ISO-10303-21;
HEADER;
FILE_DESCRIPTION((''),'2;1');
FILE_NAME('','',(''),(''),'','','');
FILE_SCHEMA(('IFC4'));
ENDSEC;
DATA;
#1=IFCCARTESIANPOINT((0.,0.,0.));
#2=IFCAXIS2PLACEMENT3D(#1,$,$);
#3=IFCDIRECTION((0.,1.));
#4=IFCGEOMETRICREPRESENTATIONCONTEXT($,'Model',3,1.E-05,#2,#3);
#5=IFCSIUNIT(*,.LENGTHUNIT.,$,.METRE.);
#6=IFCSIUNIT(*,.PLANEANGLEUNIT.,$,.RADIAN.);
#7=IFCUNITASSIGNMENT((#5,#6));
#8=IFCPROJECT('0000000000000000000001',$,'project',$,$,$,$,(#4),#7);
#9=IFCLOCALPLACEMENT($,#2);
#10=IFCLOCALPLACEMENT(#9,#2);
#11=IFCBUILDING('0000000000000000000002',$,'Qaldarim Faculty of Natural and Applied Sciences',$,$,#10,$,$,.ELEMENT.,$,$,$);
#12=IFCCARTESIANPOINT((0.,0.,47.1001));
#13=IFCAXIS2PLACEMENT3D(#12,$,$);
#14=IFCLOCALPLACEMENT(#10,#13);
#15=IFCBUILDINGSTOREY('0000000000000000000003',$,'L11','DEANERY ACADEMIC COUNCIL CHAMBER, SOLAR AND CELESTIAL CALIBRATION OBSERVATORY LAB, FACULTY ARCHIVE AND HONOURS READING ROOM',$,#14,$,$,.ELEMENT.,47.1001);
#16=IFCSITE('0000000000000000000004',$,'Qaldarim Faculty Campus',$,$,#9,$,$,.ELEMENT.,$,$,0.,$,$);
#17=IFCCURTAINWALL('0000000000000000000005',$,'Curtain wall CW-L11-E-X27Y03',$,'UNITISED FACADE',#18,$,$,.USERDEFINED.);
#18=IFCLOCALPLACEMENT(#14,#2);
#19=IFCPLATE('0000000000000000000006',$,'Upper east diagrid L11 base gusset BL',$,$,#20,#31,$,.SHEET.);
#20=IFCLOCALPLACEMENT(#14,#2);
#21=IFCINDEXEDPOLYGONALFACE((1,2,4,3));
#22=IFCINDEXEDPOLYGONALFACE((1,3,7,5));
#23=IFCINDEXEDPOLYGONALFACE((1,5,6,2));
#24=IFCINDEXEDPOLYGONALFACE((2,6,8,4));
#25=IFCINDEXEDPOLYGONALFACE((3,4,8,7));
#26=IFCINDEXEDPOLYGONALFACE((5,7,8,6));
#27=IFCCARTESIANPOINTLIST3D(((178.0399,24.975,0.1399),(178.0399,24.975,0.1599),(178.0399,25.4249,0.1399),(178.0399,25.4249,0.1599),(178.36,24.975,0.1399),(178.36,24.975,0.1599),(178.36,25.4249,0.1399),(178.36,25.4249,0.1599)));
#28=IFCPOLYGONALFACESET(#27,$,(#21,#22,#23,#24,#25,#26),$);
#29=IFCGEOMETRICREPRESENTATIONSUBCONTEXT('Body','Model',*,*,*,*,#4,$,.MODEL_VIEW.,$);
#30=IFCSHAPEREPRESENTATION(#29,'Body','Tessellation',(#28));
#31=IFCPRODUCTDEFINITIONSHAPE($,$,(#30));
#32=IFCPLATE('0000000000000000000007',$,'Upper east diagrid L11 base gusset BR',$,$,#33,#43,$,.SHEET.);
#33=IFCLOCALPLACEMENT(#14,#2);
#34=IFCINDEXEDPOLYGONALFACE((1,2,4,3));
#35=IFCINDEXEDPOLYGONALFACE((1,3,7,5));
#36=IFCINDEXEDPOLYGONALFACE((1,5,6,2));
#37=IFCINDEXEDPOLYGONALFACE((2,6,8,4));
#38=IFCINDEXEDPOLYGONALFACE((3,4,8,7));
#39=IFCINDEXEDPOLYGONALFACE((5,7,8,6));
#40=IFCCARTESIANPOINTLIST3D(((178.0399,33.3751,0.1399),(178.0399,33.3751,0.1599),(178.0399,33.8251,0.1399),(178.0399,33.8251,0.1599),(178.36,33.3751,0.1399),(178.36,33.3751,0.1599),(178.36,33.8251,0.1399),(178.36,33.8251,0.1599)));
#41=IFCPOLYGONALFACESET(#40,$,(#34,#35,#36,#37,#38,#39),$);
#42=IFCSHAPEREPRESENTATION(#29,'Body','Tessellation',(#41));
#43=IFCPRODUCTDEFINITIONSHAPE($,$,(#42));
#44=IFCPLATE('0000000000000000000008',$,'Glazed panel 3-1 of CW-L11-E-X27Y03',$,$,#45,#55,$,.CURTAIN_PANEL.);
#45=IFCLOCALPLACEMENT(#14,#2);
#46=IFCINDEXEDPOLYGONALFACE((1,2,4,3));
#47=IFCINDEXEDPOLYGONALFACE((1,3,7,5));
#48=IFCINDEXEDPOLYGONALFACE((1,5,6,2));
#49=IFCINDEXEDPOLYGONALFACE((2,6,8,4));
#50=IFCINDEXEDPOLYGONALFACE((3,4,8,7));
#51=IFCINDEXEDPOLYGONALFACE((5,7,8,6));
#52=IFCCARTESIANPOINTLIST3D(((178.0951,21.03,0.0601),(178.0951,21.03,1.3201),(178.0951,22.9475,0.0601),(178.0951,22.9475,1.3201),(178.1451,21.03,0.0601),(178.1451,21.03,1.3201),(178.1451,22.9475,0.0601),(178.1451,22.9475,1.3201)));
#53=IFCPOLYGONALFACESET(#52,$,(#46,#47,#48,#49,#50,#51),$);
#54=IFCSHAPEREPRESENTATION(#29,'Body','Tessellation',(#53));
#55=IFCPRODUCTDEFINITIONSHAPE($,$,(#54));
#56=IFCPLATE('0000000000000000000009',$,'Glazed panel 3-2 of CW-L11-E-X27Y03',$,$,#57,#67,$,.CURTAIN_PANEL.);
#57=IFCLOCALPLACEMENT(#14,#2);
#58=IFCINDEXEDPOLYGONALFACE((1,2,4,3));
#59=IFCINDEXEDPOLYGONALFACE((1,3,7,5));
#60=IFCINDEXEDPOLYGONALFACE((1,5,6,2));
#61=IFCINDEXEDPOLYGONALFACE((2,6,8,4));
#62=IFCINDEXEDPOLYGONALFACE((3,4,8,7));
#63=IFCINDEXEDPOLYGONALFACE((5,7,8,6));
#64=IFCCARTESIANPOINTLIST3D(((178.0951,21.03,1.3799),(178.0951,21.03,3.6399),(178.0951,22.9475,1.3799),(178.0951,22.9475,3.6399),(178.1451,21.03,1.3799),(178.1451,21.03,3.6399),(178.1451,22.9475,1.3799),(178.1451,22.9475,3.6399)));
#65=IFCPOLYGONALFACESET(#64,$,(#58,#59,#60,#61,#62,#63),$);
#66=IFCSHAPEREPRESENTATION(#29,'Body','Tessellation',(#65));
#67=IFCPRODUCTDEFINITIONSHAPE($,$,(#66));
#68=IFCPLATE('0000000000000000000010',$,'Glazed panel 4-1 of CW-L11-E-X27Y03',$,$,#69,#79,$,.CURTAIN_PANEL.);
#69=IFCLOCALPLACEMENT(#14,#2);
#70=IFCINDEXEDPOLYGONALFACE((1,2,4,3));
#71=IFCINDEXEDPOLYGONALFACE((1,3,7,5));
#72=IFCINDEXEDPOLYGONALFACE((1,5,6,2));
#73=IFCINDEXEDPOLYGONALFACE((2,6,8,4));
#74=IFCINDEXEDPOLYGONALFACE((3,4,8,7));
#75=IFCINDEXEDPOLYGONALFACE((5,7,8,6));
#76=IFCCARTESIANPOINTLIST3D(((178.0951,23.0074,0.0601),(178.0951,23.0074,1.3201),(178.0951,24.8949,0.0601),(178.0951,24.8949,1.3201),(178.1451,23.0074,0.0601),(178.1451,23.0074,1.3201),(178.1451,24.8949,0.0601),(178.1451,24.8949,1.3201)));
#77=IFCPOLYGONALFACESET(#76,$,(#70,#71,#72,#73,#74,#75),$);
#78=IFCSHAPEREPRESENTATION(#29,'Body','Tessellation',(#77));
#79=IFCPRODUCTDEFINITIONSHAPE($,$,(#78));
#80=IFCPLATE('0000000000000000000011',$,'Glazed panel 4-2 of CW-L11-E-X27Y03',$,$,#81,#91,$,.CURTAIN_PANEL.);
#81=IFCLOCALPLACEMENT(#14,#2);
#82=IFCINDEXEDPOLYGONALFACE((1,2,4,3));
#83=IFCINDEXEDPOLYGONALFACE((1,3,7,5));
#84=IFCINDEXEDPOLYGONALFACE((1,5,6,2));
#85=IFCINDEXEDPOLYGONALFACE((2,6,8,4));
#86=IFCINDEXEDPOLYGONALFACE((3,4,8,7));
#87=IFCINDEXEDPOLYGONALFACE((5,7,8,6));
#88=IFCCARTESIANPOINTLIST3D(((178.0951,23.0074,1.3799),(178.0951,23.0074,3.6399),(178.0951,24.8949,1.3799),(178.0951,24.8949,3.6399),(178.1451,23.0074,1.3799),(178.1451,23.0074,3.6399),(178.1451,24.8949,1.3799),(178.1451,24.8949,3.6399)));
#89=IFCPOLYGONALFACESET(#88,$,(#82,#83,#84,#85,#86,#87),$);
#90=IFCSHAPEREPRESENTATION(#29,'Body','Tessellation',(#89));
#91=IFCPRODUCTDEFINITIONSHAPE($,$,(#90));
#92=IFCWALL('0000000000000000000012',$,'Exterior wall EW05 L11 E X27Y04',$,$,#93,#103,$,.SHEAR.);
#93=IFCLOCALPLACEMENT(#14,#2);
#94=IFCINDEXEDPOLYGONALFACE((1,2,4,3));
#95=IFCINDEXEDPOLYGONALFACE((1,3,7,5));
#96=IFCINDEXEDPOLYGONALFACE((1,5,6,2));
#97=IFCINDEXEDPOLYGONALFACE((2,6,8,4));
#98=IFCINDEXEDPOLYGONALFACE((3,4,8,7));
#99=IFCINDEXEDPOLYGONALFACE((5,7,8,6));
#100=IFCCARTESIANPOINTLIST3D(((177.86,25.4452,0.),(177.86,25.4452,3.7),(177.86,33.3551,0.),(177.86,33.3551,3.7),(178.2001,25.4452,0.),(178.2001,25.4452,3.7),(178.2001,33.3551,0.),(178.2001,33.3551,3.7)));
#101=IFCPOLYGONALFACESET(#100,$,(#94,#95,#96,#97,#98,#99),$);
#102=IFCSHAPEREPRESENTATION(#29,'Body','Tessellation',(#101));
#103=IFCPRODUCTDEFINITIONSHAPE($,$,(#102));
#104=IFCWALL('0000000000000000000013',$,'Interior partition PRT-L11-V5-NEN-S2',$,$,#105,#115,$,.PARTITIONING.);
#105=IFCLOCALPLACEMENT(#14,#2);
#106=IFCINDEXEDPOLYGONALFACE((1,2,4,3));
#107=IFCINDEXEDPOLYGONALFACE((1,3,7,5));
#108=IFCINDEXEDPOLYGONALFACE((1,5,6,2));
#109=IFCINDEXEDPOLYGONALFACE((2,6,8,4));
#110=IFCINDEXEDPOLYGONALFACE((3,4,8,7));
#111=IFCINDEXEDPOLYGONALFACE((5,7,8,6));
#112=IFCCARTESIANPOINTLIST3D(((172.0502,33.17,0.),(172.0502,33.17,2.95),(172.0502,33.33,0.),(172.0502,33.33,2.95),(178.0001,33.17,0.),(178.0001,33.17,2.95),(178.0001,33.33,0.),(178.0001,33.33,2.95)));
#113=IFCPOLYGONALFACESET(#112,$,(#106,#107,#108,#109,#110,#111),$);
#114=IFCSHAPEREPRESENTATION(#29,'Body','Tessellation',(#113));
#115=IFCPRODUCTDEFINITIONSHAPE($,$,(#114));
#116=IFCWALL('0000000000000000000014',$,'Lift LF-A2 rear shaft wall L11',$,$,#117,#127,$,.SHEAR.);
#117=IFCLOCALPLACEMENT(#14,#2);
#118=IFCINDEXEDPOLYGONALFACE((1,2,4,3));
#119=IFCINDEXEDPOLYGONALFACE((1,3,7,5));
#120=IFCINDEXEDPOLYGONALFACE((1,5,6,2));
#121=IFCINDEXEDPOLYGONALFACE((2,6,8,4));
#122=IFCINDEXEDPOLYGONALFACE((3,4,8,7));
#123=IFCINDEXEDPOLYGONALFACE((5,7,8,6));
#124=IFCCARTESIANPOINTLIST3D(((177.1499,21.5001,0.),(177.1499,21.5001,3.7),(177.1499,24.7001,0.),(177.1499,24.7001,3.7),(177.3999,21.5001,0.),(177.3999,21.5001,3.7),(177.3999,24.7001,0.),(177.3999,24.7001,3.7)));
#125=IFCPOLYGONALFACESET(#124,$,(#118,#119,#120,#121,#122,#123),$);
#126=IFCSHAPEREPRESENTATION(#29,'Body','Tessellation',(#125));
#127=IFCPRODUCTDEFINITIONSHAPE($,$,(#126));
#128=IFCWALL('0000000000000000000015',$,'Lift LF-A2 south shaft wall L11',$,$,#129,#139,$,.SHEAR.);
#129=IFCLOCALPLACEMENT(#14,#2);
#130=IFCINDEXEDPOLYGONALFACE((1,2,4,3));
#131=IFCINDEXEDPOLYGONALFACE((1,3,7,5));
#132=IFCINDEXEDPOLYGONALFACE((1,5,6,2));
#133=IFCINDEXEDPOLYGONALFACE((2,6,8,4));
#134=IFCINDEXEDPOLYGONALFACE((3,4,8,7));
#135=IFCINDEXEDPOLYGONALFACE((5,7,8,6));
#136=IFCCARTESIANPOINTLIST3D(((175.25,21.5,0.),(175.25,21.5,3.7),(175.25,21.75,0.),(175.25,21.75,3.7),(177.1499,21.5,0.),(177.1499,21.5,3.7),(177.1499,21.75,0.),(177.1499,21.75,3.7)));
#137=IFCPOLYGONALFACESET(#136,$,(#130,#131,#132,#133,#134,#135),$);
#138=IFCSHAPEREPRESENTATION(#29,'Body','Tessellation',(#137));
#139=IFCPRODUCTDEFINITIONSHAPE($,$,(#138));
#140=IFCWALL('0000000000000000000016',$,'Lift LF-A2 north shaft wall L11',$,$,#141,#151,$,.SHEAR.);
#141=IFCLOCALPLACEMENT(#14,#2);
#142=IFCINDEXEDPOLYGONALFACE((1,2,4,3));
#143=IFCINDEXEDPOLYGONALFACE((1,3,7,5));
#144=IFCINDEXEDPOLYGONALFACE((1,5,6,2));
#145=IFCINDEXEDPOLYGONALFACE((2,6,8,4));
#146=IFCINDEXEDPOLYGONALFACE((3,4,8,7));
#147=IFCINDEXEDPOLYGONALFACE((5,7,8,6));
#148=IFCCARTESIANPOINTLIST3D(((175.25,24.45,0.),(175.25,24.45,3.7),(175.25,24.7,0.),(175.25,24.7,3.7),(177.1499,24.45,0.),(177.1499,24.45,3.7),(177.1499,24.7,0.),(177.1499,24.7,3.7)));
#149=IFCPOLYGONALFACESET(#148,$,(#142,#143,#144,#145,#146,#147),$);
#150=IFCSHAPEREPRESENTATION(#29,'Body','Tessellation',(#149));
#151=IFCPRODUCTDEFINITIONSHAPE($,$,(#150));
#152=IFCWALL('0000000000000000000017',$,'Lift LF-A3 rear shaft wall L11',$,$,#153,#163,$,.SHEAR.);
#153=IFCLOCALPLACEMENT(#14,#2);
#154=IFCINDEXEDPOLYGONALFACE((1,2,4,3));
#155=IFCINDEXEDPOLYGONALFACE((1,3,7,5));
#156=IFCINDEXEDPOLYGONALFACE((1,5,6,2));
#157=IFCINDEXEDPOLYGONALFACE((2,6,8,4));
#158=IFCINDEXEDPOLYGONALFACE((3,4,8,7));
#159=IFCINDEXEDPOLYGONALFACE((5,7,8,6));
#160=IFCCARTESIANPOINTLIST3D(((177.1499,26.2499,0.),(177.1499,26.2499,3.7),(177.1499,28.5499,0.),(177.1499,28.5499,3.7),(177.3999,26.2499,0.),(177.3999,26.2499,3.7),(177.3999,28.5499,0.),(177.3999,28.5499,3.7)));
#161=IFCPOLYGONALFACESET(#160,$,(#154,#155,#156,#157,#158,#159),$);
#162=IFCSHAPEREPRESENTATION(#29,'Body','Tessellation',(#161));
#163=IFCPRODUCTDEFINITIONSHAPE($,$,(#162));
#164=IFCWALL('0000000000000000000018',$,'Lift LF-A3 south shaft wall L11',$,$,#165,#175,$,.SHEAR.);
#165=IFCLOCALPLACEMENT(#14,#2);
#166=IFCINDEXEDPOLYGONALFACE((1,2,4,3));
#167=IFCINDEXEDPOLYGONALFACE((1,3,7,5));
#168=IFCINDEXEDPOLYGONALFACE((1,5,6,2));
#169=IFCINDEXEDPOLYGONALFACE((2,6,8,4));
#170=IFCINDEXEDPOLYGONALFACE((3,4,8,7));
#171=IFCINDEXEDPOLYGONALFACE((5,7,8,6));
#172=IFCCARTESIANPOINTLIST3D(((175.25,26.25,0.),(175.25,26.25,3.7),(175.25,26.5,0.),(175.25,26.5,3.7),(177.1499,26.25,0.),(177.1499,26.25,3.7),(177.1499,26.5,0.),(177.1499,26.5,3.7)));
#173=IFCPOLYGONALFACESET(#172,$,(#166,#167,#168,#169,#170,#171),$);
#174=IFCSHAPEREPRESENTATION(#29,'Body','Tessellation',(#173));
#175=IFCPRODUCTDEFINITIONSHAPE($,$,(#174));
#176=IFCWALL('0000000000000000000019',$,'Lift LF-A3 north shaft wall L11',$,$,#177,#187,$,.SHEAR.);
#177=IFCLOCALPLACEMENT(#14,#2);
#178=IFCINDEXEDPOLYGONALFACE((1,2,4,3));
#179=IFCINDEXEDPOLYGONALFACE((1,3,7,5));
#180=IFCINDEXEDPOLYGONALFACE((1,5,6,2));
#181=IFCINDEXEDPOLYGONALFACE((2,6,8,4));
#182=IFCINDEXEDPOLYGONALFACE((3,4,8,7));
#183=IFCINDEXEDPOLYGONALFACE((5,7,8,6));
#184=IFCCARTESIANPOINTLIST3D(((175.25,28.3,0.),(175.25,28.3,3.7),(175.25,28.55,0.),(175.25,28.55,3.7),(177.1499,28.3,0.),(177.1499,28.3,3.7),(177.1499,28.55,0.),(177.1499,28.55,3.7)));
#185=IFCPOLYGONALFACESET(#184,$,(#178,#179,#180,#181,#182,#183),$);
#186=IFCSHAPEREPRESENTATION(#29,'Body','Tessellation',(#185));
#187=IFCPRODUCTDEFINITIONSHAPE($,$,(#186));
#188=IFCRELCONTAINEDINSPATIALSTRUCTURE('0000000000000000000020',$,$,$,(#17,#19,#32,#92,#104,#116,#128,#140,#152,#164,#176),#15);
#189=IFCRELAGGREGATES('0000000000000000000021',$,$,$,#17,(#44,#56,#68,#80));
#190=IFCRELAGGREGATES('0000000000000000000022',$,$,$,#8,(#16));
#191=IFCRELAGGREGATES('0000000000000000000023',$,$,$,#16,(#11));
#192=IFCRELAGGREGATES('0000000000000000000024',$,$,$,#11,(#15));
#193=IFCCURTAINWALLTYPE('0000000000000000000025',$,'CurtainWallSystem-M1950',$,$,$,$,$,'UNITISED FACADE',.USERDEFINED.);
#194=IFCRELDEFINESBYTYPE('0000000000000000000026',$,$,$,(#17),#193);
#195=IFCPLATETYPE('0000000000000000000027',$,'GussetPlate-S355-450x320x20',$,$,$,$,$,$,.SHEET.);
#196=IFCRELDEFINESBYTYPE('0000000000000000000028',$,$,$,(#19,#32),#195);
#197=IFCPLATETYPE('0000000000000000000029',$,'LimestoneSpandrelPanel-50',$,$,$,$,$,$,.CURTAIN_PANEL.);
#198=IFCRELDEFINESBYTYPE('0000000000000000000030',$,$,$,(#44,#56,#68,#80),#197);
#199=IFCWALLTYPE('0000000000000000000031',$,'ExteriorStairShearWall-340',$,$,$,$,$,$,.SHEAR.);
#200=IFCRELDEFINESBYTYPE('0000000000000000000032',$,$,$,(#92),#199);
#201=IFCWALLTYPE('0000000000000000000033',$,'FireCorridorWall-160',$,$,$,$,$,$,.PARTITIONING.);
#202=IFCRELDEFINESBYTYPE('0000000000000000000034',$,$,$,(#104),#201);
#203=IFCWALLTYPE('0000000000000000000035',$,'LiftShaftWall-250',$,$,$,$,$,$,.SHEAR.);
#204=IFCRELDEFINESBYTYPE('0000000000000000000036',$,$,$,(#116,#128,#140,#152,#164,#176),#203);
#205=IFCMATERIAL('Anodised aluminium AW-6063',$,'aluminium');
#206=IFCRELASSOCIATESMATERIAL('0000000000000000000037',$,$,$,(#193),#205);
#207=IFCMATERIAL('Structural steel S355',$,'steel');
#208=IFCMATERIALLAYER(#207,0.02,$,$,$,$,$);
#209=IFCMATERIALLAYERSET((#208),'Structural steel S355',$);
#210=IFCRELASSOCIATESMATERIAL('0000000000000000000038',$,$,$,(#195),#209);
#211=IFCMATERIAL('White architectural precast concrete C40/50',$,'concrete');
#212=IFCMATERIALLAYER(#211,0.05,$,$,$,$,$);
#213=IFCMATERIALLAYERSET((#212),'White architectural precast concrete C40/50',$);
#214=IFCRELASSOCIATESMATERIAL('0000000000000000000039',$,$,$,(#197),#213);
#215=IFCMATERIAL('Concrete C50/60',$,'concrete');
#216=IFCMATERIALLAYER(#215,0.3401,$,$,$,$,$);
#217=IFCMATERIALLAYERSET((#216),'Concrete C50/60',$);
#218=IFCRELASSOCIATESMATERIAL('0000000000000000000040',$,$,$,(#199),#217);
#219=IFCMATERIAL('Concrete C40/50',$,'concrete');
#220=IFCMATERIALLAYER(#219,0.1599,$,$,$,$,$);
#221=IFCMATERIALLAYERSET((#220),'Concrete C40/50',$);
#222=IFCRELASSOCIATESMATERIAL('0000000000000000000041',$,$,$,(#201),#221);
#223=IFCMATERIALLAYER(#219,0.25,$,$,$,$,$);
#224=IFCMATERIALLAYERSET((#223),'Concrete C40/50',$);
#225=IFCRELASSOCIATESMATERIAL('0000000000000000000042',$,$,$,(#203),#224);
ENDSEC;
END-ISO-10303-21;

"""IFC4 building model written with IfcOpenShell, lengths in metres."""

from ifc_helpers import new_model, si_unit, direction, frame, frame_2d, origin, origin_2d, place, context, subcontext, project, spatial, rectangle, extrude, material, layer, layer_set, type_object, element, aggregate, save


model = new_model("IFC4")

# Units and contexts
model_context = context("Model", 3, precision=1e-05, world=origin(), true_north=direction((0.0, 1.0)))
body_context = subcontext(model_context, "Body", "Model", "MODEL_VIEW")
ifc_project = project(units=[si_unit("LENGTHUNIT", "METRE"), si_unit("PLANEANGLEUNIT", "RADIAN")], contexts=[model_context])

# Site, building, storey
site_placement = place(None, origin())
site = spatial("IfcSite", under=ifc_project, at=site_placement, Name="Qaldarim Faculty Campus", CompositionType="ELEMENT", RefElevation=0.0)
building_placement = place(site_placement, origin())
building = spatial("IfcBuilding", under=site, at=building_placement, Name="Qaldarim Faculty of Natural and Applied Sciences", CompositionType="ELEMENT")
storey_placement = place(building_placement, frame((0.0, 0.0, 47.1001)))
storey = spatial("IfcBuildingStorey", under=building, at=storey_placement, Name="L11", Description="DEANERY ACADEMIC COUNCIL CHAMBER, SOLAR AND CELESTIAL CALIBRATION OBSERVATORY LAB, FACULTY ARCHIVE AND HONOURS READING ROOM", CompositionType="ELEMENT", Elevation=47.1001)

# Shared definitions
ifc_material_1 = material(Name="Concrete C50/60", Category="concrete")

# Shared definitions
ifc_material_2 = material(Name="Concrete C40/50", Category="concrete")

# Curtain wall
ifc_material_3 = material(Name="Anodised aluminium AW-6063", Category="aluminium")
curtain_wall_type = type_object("IfcCurtainWallType", Name="CurtainWallSystem-M1950", ElementType="UNITISED FACADE", PredefinedType="USERDEFINED", material=ifc_material_3)
curtain_wall_placement = place(storey_placement, origin())
curtain_wall = element("IfcCurtainWall", 1, at=curtain_wall_placement, inside=storey, type_object=curtain_wall_type, Name="Curtain wall CW-L11-E-X27Y03", ObjectType="UNITISED FACADE", PredefinedType="USERDEFINED")

# Shared definitions
ifc_material_4 = material(Name="Structural steel S355", Category="steel")

# Plates
ifc_layer_1 = layer(ifc_material_4, 0.02)
ifc_layer_set_1 = layer_set([ifc_layer_1], Name="Structural steel S355")
plate_type_1 = type_object("IfcPlateType", Name="GussetPlate-S355-450x320x20", PredefinedType="SHEET", material=ifc_layer_set_1)
for number, where, z_axis, x_axis, name in (
    (2, (178.2, 25.2, 0.1399), (0.0, 0.0, 1.0), (0.0, 1.0, 0.0), "Upper east diagrid L11 base gusset BL"),
    (3, (178.2, 33.6001, 0.1399), (0.0, 0.0, 1.0), (0.0, 1.0, 0.0), "Upper east diagrid L11 base gusset BR"),
):
    element("IfcPlate", number, at=place(storey_placement, frame(where, z_axis=z_axis, x_axis=x_axis)), inside=storey, type_object=plate_type_1, Name=name, PredefinedType="SHEET", context=body_context, shape_type="SweptSolid", body=[
        extrude(rectangle(XDim=0.45, YDim=0.3201, at=origin_2d()), origin(), (0.0, 0.0, 1.0), 0.02),
    ])

# Plates
ifc_material_5 = material(Name="White architectural precast concrete C40/50", Category="concrete")
ifc_layer_2 = layer(ifc_material_5, 0.05)
ifc_layer_set_2 = layer_set([ifc_layer_2], Name="White architectural precast concrete C40/50")
plate_type_2 = type_object("IfcPlateType", Name="LimestoneSpandrelPanel-50", PredefinedType="CURTAIN_PANEL", material=ifc_layer_set_2)
plate_1_placement = place(storey_placement, frame((178.1201, 21.9888, 0.0601), z_axis=(0.0, 0.0, 1.0), x_axis=(0.0, 1.0, 0.0)))
plate_1 = element("IfcPlate", 4, at=plate_1_placement, type_object=plate_type_2, Name="Glazed panel 3-1 of CW-L11-E-X27Y03", PredefinedType="CURTAIN_PANEL", context=body_context, shape_type="SweptSolid", body=[
    extrude(rectangle(XDim=1.9175, YDim=0.05, at=origin_2d()), origin(), (0.0, 0.0, 1.0), 1.26),
])
plate_2_placement = place(storey_placement, frame((178.1201, 21.9888, 1.3799), z_axis=(0.0, 0.0, 1.0), x_axis=(0.0, 1.0, 0.0)))
plate_2 = element("IfcPlate", 5, at=plate_2_placement, type_object=plate_type_2, Name="Glazed panel 3-2 of CW-L11-E-X27Y03", PredefinedType="CURTAIN_PANEL", context=body_context, shape_type="SweptSolid", body=[
    extrude(rectangle(XDim=1.9175, YDim=0.05, at=origin_2d()), origin(), (0.0, 0.0, 1.0), 2.26),
])
plate_3_placement = place(storey_placement, frame((178.1201, 23.9512, 0.0601), z_axis=(0.0, 0.0, 1.0), x_axis=(0.0, 1.0, 0.0)))
plate_3 = element("IfcPlate", 6, at=plate_3_placement, type_object=plate_type_2, Name="Glazed panel 4-1 of CW-L11-E-X27Y03", PredefinedType="CURTAIN_PANEL", context=body_context, shape_type="SweptSolid", body=[
    extrude(rectangle(XDim=1.8875, YDim=0.05, at=origin_2d()), origin(), (0.0, 0.0, 1.0), 1.26),
])
plate_4_placement = place(storey_placement, frame((178.1201, 23.9512, 1.3799), z_axis=(0.0, 0.0, 1.0), x_axis=(0.0, 1.0, 0.0)))
plate_4 = element("IfcPlate", 7, at=plate_4_placement, type_object=plate_type_2, Name="Glazed panel 4-2 of CW-L11-E-X27Y03", PredefinedType="CURTAIN_PANEL", context=body_context, shape_type="SweptSolid", body=[
    extrude(rectangle(XDim=1.8875, YDim=0.05, at=origin_2d()), origin(), (0.0, 0.0, 1.0), 2.26),
])
aggregate(curtain_wall, [plate_1, plate_2, plate_3, plate_4])

# Walls
ifc_layer_3 = layer(ifc_material_1, 0.3401)
ifc_layer_set_3 = layer_set([ifc_layer_3], Name="Concrete C50/60")
wall_type_1 = type_object("IfcWallType", Name="ExteriorStairShearWall-340", PredefinedType="SHEAR", material=ifc_layer_set_3)
wall_1_placement = place(storey_placement, frame((178.03, 25.4451, 0.0), z_axis=(0.0, 0.0, 1.0), x_axis=(0.0, 1.0, 0.0)))
element("IfcWall", 8, at=wall_1_placement, inside=storey, type_object=wall_type_1, Name="Exterior wall EW05 L11 E X27Y04", PredefinedType="SHEAR", context=body_context, shape_type="SweptSolid", body=[
    extrude(rectangle(XDim=7.9099, YDim=0.3401, at=frame_2d((3.9551, 0.0))), origin(), (0.0, 0.0, 1.0), 3.7),
])
ifc_layer_4 = layer(ifc_material_2, 0.1599)
ifc_layer_set_4 = layer_set([ifc_layer_4], Name="Concrete C40/50")
wall_type_2 = type_object("IfcWallType", Name="FireCorridorWall-160", PredefinedType="PARTITIONING", material=ifc_layer_set_4)
wall_2_placement = place(storey_placement, frame((172.05, 33.25, 0.0), z_axis=(0.0, 0.0, 1.0), x_axis=(1.0, 0.0, 0.0)))
element("IfcWall", 9, at=wall_2_placement, inside=storey, type_object=wall_type_2, Name="Interior partition PRT-L11-V5-NEN-S2", PredefinedType="PARTITIONING", context=body_context, shape_type="SweptSolid", body=[
    extrude(rectangle(XDim=5.95, YDim=0.1599, at=frame_2d((2.9751, 0.0))), origin(), (0.0, 0.0, 1.0), 2.95),
])

# Shared definitions
ifc_layer_5 = layer(ifc_material_2, 0.25)
ifc_layer_set_5 = layer_set([ifc_layer_5], Name="Concrete C40/50")
wall_type_3 = type_object("IfcWallType", Name="LiftShaftWall-250", PredefinedType="SHEAR", material=ifc_layer_set_5)

# Walls
wall_3_placement = place(storey_placement, frame((177.2749, 21.5, 0.0), z_axis=(0.0, 0.0, 1.0), x_axis=(0.0, 1.0, 0.0)))
element("IfcWall", 10, at=wall_3_placement, inside=storey, type_object=wall_type_3, Name="Lift LF-A2 rear shaft wall L11", PredefinedType="SHEAR", context=body_context, shape_type="SweptSolid", body=[
    extrude(rectangle(XDim=3.2, YDim=0.25, at=frame_2d((1.6001, 0.0))), origin(), (0.0, 0.0, 1.0), 3.7),
])
for number, where, z_axis, x_axis, name in (
    (11, (175.25, 21.625, 0.0), (0.0, 0.0, 1.0), (1.0, 0.0, 0.0), "Lift LF-A2 south shaft wall L11"),
    (12, (175.25, 24.575, 0.0), (0.0, 0.0, 1.0), (1.0, 0.0, 0.0), "Lift LF-A2 north shaft wall L11"),
):
    element("IfcWall", number, at=place(storey_placement, frame(where, z_axis=z_axis, x_axis=x_axis)), inside=storey, type_object=wall_type_3, Name=name, PredefinedType="SHEAR", context=body_context, shape_type="SweptSolid", body=[
        extrude(rectangle(XDim=1.8999, YDim=0.25, at=frame_2d((0.95, 0.0))), origin(), (0.0, 0.0, 1.0), 3.7),
    ])

# Walls
wall_4_placement = place(storey_placement, frame((177.2749, 26.25, 0.0), z_axis=(0.0, 0.0, 1.0), x_axis=(0.0, 1.0, 0.0)))
element("IfcWall", 13, at=wall_4_placement, inside=storey, type_object=wall_type_3, Name="Lift LF-A3 rear shaft wall L11", PredefinedType="SHEAR", context=body_context, shape_type="SweptSolid", body=[
    extrude(rectangle(XDim=2.3, YDim=0.25, at=frame_2d((1.1499, 0.0))), origin(), (0.0, 0.0, 1.0), 3.7),
])
for number, where, z_axis, x_axis, name in (
    (14, (175.25, 26.375, 0.0), (0.0, 0.0, 1.0), (1.0, 0.0, 0.0), "Lift LF-A3 south shaft wall L11"),
    (15, (175.25, 28.425, 0.0), (0.0, 0.0, 1.0), (1.0, 0.0, 0.0), "Lift LF-A3 north shaft wall L11"),
):
    element("IfcWall", number, at=place(storey_placement, frame(where, z_axis=z_axis, x_axis=x_axis)), inside=storey, type_object=wall_type_3, Name=name, PredefinedType="SHEAR", context=body_context, shape_type="SweptSolid", body=[
        extrude(rectangle(XDim=1.8999, YDim=0.25, at=frame_2d((0.95, 0.0))), origin(), (0.0, 0.0, 1.0), 3.7),
    ])

save(model, "model.ifc")
